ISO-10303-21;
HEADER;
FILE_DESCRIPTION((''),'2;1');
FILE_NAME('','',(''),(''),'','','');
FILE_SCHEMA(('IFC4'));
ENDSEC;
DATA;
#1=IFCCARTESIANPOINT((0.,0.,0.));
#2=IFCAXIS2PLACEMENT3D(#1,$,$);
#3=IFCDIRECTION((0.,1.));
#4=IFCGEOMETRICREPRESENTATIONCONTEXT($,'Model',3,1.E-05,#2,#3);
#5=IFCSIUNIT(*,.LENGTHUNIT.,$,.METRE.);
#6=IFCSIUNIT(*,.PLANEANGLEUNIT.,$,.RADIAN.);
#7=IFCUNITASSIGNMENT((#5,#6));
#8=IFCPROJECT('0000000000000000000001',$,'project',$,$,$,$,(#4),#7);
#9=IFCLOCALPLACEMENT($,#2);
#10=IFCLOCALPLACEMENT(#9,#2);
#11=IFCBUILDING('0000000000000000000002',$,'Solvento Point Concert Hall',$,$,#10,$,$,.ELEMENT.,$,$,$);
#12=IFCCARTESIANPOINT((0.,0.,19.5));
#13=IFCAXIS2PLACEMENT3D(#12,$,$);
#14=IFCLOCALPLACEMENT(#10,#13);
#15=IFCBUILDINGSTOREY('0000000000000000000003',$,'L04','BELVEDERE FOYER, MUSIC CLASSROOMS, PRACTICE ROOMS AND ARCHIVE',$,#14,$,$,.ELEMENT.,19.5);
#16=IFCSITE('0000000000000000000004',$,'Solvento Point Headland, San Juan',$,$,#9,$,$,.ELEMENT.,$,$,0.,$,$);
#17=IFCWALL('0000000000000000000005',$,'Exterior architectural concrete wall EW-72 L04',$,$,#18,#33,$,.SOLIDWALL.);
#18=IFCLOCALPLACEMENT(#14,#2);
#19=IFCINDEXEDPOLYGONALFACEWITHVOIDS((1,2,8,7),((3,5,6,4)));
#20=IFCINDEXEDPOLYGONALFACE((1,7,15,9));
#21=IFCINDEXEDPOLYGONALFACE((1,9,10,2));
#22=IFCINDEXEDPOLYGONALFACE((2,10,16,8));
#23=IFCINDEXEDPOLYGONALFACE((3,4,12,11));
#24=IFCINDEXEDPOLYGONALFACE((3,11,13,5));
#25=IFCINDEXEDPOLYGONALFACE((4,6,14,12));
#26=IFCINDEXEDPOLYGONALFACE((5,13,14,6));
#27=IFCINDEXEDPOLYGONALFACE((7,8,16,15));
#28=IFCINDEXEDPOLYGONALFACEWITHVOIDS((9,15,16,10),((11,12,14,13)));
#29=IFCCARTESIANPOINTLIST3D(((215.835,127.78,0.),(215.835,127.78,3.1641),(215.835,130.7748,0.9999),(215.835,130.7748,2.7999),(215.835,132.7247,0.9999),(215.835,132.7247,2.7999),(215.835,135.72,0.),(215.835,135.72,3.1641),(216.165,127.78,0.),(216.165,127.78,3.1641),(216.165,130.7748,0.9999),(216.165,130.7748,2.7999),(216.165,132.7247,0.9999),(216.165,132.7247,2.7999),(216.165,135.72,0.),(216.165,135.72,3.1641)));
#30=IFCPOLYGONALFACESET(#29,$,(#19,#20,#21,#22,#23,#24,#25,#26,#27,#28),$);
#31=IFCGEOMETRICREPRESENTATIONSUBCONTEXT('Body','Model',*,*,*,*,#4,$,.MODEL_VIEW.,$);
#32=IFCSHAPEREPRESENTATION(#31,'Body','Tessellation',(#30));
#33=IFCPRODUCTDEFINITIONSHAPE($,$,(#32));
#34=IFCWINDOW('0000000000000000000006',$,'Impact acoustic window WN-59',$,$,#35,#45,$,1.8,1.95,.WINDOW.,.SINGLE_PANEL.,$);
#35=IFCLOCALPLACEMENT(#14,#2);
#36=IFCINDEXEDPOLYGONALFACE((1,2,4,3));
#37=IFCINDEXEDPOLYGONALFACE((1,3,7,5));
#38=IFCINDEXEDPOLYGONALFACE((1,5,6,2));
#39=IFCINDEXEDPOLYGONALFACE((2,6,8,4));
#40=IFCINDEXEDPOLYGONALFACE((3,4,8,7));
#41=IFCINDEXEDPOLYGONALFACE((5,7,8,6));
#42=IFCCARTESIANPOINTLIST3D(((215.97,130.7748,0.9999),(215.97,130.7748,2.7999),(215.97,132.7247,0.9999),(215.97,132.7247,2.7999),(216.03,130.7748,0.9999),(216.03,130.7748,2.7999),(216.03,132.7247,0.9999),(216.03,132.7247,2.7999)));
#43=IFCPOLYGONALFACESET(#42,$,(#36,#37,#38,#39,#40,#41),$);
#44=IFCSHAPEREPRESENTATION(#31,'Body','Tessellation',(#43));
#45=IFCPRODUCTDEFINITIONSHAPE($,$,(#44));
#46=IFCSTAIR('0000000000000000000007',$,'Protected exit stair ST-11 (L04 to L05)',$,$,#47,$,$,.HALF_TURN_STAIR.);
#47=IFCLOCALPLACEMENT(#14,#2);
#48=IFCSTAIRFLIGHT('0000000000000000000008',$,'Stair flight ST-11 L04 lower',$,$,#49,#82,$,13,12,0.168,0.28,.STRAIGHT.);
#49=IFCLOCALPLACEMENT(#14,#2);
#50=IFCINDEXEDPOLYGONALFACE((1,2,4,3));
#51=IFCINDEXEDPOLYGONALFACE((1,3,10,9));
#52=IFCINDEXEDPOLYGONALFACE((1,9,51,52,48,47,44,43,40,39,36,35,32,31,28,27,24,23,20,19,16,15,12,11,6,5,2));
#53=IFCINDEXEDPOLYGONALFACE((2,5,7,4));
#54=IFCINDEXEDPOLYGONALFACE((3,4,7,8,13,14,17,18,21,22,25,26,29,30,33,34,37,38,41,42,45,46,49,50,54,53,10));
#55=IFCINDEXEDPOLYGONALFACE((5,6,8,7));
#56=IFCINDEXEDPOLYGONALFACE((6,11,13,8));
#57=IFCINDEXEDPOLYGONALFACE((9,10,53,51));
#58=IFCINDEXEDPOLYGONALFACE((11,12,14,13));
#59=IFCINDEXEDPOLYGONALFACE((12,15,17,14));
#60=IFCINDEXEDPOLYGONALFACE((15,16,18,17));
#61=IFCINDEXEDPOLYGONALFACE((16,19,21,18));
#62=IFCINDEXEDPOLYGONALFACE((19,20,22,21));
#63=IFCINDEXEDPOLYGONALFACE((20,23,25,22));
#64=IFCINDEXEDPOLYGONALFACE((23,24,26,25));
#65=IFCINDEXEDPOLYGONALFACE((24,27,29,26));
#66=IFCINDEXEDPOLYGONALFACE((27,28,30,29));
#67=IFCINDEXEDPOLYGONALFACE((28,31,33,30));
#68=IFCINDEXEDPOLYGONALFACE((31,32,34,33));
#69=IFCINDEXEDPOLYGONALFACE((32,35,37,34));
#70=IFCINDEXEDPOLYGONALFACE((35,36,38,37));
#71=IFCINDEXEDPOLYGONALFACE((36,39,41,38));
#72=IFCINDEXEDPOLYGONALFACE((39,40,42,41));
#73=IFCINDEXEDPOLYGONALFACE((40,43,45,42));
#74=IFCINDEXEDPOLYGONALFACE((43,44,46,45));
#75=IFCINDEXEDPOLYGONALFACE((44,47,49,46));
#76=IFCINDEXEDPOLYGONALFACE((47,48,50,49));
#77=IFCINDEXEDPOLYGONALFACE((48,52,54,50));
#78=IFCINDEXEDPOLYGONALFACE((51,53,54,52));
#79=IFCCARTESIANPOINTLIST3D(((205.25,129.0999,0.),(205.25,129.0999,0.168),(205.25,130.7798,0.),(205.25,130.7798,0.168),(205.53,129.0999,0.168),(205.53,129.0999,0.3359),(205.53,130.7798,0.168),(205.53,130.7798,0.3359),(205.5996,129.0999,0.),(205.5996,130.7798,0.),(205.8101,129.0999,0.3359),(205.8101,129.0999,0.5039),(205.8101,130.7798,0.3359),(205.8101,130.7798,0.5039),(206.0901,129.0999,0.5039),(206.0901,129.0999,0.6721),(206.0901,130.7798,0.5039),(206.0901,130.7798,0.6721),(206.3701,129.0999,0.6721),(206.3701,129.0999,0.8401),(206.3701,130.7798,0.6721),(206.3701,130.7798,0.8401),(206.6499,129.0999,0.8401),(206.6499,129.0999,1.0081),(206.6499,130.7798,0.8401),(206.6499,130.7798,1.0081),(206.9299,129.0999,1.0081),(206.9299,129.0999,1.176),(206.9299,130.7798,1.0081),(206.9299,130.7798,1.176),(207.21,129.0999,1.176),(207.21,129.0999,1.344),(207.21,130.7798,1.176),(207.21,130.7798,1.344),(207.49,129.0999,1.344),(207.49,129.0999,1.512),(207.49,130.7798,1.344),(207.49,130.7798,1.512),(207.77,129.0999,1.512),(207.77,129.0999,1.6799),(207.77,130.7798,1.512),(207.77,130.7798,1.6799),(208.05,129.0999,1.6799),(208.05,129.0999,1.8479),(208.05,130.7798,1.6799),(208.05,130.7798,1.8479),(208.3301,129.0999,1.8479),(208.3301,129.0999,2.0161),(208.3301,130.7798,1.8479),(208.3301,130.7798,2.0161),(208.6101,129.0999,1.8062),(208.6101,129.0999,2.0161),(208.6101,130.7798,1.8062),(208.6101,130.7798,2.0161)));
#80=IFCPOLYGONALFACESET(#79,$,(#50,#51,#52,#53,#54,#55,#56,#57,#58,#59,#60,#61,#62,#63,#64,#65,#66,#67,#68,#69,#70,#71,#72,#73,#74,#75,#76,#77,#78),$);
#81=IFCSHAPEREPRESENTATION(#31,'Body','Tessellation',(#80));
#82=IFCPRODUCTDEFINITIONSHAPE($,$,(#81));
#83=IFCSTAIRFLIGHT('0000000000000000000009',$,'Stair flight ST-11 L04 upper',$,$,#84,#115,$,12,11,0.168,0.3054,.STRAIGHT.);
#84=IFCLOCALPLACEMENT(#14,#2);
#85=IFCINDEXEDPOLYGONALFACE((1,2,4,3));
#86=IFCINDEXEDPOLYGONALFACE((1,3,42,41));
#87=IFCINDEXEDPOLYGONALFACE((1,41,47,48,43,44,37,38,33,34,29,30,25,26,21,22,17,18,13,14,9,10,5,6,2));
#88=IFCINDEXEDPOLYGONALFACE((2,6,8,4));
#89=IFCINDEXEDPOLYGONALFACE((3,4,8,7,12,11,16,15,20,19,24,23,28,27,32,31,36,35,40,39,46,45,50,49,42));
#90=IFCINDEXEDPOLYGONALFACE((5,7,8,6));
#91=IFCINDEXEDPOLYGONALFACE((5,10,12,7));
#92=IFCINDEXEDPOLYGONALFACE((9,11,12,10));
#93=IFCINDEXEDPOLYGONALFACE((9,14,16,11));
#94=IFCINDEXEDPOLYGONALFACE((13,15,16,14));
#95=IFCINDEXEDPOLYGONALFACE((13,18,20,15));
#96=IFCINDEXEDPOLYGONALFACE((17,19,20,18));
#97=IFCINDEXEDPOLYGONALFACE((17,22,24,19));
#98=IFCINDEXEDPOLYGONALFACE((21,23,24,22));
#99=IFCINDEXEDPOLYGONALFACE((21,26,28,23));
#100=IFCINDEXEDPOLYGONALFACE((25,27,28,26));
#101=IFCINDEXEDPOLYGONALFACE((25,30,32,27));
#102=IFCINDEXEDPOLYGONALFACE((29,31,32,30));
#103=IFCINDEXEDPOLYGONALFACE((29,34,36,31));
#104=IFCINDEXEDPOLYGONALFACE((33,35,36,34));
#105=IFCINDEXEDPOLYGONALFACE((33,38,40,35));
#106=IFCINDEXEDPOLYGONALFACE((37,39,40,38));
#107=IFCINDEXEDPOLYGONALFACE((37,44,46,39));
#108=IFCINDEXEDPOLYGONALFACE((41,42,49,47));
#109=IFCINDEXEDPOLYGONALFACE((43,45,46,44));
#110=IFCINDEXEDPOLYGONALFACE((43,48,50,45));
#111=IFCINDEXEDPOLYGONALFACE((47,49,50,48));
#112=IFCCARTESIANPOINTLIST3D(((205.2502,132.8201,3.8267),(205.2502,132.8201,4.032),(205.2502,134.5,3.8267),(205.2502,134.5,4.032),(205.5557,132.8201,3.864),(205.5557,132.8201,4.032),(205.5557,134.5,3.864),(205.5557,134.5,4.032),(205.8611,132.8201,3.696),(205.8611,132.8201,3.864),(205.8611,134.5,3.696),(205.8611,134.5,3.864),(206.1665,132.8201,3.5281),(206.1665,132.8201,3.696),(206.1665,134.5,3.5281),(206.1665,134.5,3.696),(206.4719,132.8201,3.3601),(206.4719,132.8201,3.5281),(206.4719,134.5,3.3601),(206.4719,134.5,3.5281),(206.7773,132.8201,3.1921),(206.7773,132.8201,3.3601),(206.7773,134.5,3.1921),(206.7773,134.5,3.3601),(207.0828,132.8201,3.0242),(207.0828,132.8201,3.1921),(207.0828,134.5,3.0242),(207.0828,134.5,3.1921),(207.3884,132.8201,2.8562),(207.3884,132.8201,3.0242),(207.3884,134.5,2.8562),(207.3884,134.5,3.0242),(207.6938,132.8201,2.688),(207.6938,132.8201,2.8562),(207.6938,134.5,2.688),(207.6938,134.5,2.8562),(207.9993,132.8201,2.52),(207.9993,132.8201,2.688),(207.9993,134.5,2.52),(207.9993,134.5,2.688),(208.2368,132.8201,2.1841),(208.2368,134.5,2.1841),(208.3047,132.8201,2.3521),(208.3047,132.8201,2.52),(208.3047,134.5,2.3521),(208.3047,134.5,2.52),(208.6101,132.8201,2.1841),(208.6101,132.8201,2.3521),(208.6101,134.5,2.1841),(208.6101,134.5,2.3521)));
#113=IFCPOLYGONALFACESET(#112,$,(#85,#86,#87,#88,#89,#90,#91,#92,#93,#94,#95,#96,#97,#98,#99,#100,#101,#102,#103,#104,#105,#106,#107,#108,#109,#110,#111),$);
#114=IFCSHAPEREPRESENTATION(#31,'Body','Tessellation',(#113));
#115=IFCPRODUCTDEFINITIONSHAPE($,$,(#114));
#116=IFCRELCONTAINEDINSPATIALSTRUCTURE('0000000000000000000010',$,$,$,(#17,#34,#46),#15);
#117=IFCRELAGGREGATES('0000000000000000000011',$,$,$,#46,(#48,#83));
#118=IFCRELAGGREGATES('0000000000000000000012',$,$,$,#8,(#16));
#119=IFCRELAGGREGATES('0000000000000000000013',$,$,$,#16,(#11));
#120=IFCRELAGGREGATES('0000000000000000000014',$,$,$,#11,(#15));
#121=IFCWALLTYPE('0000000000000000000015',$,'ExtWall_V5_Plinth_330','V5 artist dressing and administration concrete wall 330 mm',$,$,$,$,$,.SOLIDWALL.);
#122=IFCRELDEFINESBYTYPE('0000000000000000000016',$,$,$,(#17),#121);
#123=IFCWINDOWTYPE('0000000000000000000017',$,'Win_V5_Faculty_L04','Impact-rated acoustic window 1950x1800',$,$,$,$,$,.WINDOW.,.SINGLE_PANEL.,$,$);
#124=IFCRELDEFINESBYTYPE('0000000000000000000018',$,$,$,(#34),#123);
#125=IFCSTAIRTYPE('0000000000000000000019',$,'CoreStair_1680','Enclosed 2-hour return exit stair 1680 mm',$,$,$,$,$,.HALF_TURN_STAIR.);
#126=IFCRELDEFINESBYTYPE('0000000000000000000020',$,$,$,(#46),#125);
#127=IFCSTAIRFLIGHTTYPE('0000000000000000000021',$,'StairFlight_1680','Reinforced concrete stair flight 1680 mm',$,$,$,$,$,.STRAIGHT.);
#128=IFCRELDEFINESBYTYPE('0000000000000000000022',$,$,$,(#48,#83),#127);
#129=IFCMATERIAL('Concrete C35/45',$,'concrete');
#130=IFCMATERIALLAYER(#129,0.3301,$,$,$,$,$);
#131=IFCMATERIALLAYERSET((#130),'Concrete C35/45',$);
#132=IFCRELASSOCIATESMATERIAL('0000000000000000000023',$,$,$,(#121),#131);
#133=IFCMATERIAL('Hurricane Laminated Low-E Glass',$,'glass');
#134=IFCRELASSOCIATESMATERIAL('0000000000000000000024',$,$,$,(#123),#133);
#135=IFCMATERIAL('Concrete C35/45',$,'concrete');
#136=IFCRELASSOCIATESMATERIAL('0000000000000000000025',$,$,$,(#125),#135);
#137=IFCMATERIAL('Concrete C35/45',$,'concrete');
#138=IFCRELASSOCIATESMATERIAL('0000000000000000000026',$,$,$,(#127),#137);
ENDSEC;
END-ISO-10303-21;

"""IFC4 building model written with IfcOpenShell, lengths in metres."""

from ifc_helpers import new_model, si_unit, direction, frame, frame_2d, origin, place, context, subcontext, project, spatial, polyline, rectangle, outline, extrude, material, layer, layer_set, type_object, element, fill, aggregate, save


model = new_model("IFC4")

# Units and contexts
model_context = context("Model", 3, precision=1e-05, world=origin(), true_north=direction((0.0, 1.0)))
body_context = subcontext(model_context, "Body", "Model", "MODEL_VIEW")
ifc_project = project(units=[si_unit("LENGTHUNIT", "METRE"), si_unit("PLANEANGLEUNIT", "RADIAN")], contexts=[model_context])

# Site, building, storey
site_placement = place(None, origin())
site = spatial("IfcSite", under=ifc_project, at=site_placement, Name="Solvento Point Headland, San Juan", CompositionType="ELEMENT", RefElevation=0.0)
building_placement = place(site_placement, origin())
building = spatial("IfcBuilding", under=site, at=building_placement, Name="Solvento Point Concert Hall", CompositionType="ELEMENT")
storey_placement = place(building_placement, frame((0.0, 0.0, 19.5)))
storey = spatial("IfcBuildingStorey", under=building, at=storey_placement, Name="L04", Description="BELVEDERE FOYER, MUSIC CLASSROOMS, PRACTICE ROOMS AND ARCHIVE", CompositionType="ELEMENT", Elevation=19.5)

# Wall, opening, window
ifc_material_1 = material(Name="Concrete C35/45", Category="concrete")
ifc_layer_1 = layer(ifc_material_1, 0.3301)
ifc_layer_set_1 = layer_set([ifc_layer_1], Name="Concrete C35/45")
wall_type_1 = type_object("IfcWallType", Name="ExtWall_V5_Plinth_330", Description="V5 artist dressing and administration concrete wall 330 mm", PredefinedType="SOLIDWALL", material=ifc_layer_set_1)
ifc_material_2 = material(Name="Hurricane Laminated Low-E Glass", Category="glass")
window_type = type_object("IfcWindowType", Name="Win_V5_Faculty_L04", Description="Impact-rated acoustic window 1950x1800", PartitioningType="SINGLE_PANEL", PredefinedType="WINDOW", material=ifc_material_2)
wall_1_placement = place(storey_placement, frame((216.0, 135.72, 0.0), z_axis=(0.0, 0.0, 1.0), x_axis=(0.0, -1.0, 0.0)))
wall_1 = element("IfcWall", 1, at=wall_1_placement, inside=storey, type_object=wall_type_1, Name="Exterior architectural concrete wall EW-72 L04", PredefinedType="SOLIDWALL", context=body_context, shape_type="SweptSolid", body=[
    extrude(rectangle(XDim=7.9399, YDim=0.3301, at=frame_2d((3.97, 0.0))), origin(), (0.0, 0.0, 1.0), 3.1641),
])
opening_1_placement = place(wall_1_placement, frame((2.9951, 0.0, 1.0)))
opening_1 = element("IfcOpeningElement", 2, at=opening_1_placement, cuts=wall_1, PredefinedType="OPENING", context=body_context, shape_type="SweptSolid", body=[
    extrude(rectangle(XDim=1.95, YDim=1.8, at=frame_2d((0.9751, 0.8999))), frame((0.0, 0.175, 0.0), z_axis=(0.0, -1.0, 0.0), x_axis=(1.0, 0.0, 0.0)), (0.0, 0.0, 1.0), 0.3501),
])
window_1_placement = place(opening_1_placement, origin())
window_1 = element("IfcWindow", 3, at=window_1_placement, inside=storey, type_object=window_type, Name="Impact acoustic window WN-59", OverallHeight=1.8, OverallWidth=1.95, PartitioningType="SINGLE_PANEL", PredefinedType="WINDOW", context=body_context, shape_type="SweptSolid", body=[
    extrude(rectangle(XDim=1.95, YDim=1.8, at=frame_2d((0.9751, 0.8999))), frame((0.0, 0.03, 0.0), z_axis=(0.0, -1.0, 0.0), x_axis=(1.0, 0.0, 0.0)), (0.0, 0.0, 1.0), 0.0601),
])
fill(opening_1, window_1)

# Stair, stair flights
ifc_material_3 = material(Name="Concrete C35/45", Category="concrete")
stair_type = type_object("IfcStairType", Name="CoreStair_1680", Description="Enclosed 2-hour return exit stair 1680 mm", PredefinedType="HALF_TURN_STAIR", material=ifc_material_3)
stair_placement = place(storey_placement, origin())
stair = element("IfcStair", 4, at=stair_placement, inside=storey, type_object=stair_type, Name="Protected exit stair ST-11 (L04 to L05)", PredefinedType="HALF_TURN_STAIR")
ifc_material_4 = material(Name="Concrete C35/45", Category="concrete")
stair_flight_type = type_object("IfcStairFlightType", Name="StairFlight_1680", Description="Reinforced concrete stair flight 1680 mm", PredefinedType="STRAIGHT", material=ifc_material_4)
stair_flight_1_placement = place(storey_placement, frame((205.25, 129.9399, 0.0), z_axis=(0.0, 0.0, 1.0), x_axis=(1.0, 0.0, 0.0)))
stair_flight_1 = element("IfcStairFlight", 5, at=stair_flight_1_placement, type_object=stair_flight_type, Name="Stair flight ST-11 L04 lower", NumberOfRisers=13, NumberOfTreads=12, PredefinedType="STRAIGHT", RiserHeight=0.168, TreadLength=0.28, context=body_context, shape_type="SweptSolid", body=[
    extrude(outline(polyline([(0.0, 0.0), (0.0, 0.168), (0.28, 0.168), (0.28, 0.3359), (0.5601, 0.3359), (0.5601, 0.5039), (0.8401, 0.5039), (0.8401, 0.6721), (1.1201, 0.6721), (1.1201, 0.8401), (1.3999, 0.8401), (1.3999, 1.0081), (1.6799, 1.0081), (1.6799, 1.176), (1.96, 1.176), (1.96, 1.344), (2.24, 1.344), (2.24, 1.512), (2.52, 1.512), (2.52, 1.6799), (2.8, 1.6799), (2.8, 1.8479), (3.0801, 1.8479), (3.0801, 2.0161), (3.3601, 2.0161), (3.3601, 2.1841), (3.3601, 1.8062), (0.3496, 0.0), (0.0, 0.0)])), frame((0.0, 0.8398, 0.0), z_axis=(0.0, -1.0, 0.0), x_axis=(1.0, 0.0, 0.0)), (0.0, 0.0, 1.0), 1.6799),
])
stair_flight_2_placement = place(storey_placement, frame((208.6101, 133.6599, 2.1841), z_axis=(0.0, 0.0, 1.0), x_axis=(-1.0, 0.0, 0.0)))
stair_flight_2 = element("IfcStairFlight", 6, at=stair_flight_2_placement, type_object=stair_flight_type, Name="Stair flight ST-11 L04 upper", NumberOfRisers=12, NumberOfTreads=11, PredefinedType="STRAIGHT", RiserHeight=0.168, TreadLength=0.3054, context=body_context, shape_type="SweptSolid", body=[
    extrude(outline(polyline([(0.0, 0.0), (0.0, 0.168), (0.3054, 0.168), (0.3054, 0.3359), (0.6108, 0.3359), (0.6108, 0.5039), (0.9163, 0.5039), (0.9163, 0.6721), (1.2217, 0.6721), (1.2217, 0.8401), (1.5273, 0.8401), (1.5273, 1.0081), (1.8328, 1.0081), (1.8328, 1.176), (2.1382, 1.176), (2.1382, 1.344), (2.4436, 1.344), (2.4436, 1.512), (2.749, 1.512), (2.749, 1.6799), (3.0544, 1.6799), (3.0544, 1.8479), (3.3599, 1.8479), (3.3599, 2.0161), (3.3599, 1.6426), (0.3733, 0.0), (0.0, 0.0)])), frame((0.0, 0.8398, 0.0), z_axis=(0.0, -1.0, 0.0), x_axis=(1.0, 0.0, 0.0)), (0.0, 0.0, 1.0), 1.6799),
])
aggregate(stair, [stair_flight_1, stair_flight_2])

save(model, "model.ifc")
